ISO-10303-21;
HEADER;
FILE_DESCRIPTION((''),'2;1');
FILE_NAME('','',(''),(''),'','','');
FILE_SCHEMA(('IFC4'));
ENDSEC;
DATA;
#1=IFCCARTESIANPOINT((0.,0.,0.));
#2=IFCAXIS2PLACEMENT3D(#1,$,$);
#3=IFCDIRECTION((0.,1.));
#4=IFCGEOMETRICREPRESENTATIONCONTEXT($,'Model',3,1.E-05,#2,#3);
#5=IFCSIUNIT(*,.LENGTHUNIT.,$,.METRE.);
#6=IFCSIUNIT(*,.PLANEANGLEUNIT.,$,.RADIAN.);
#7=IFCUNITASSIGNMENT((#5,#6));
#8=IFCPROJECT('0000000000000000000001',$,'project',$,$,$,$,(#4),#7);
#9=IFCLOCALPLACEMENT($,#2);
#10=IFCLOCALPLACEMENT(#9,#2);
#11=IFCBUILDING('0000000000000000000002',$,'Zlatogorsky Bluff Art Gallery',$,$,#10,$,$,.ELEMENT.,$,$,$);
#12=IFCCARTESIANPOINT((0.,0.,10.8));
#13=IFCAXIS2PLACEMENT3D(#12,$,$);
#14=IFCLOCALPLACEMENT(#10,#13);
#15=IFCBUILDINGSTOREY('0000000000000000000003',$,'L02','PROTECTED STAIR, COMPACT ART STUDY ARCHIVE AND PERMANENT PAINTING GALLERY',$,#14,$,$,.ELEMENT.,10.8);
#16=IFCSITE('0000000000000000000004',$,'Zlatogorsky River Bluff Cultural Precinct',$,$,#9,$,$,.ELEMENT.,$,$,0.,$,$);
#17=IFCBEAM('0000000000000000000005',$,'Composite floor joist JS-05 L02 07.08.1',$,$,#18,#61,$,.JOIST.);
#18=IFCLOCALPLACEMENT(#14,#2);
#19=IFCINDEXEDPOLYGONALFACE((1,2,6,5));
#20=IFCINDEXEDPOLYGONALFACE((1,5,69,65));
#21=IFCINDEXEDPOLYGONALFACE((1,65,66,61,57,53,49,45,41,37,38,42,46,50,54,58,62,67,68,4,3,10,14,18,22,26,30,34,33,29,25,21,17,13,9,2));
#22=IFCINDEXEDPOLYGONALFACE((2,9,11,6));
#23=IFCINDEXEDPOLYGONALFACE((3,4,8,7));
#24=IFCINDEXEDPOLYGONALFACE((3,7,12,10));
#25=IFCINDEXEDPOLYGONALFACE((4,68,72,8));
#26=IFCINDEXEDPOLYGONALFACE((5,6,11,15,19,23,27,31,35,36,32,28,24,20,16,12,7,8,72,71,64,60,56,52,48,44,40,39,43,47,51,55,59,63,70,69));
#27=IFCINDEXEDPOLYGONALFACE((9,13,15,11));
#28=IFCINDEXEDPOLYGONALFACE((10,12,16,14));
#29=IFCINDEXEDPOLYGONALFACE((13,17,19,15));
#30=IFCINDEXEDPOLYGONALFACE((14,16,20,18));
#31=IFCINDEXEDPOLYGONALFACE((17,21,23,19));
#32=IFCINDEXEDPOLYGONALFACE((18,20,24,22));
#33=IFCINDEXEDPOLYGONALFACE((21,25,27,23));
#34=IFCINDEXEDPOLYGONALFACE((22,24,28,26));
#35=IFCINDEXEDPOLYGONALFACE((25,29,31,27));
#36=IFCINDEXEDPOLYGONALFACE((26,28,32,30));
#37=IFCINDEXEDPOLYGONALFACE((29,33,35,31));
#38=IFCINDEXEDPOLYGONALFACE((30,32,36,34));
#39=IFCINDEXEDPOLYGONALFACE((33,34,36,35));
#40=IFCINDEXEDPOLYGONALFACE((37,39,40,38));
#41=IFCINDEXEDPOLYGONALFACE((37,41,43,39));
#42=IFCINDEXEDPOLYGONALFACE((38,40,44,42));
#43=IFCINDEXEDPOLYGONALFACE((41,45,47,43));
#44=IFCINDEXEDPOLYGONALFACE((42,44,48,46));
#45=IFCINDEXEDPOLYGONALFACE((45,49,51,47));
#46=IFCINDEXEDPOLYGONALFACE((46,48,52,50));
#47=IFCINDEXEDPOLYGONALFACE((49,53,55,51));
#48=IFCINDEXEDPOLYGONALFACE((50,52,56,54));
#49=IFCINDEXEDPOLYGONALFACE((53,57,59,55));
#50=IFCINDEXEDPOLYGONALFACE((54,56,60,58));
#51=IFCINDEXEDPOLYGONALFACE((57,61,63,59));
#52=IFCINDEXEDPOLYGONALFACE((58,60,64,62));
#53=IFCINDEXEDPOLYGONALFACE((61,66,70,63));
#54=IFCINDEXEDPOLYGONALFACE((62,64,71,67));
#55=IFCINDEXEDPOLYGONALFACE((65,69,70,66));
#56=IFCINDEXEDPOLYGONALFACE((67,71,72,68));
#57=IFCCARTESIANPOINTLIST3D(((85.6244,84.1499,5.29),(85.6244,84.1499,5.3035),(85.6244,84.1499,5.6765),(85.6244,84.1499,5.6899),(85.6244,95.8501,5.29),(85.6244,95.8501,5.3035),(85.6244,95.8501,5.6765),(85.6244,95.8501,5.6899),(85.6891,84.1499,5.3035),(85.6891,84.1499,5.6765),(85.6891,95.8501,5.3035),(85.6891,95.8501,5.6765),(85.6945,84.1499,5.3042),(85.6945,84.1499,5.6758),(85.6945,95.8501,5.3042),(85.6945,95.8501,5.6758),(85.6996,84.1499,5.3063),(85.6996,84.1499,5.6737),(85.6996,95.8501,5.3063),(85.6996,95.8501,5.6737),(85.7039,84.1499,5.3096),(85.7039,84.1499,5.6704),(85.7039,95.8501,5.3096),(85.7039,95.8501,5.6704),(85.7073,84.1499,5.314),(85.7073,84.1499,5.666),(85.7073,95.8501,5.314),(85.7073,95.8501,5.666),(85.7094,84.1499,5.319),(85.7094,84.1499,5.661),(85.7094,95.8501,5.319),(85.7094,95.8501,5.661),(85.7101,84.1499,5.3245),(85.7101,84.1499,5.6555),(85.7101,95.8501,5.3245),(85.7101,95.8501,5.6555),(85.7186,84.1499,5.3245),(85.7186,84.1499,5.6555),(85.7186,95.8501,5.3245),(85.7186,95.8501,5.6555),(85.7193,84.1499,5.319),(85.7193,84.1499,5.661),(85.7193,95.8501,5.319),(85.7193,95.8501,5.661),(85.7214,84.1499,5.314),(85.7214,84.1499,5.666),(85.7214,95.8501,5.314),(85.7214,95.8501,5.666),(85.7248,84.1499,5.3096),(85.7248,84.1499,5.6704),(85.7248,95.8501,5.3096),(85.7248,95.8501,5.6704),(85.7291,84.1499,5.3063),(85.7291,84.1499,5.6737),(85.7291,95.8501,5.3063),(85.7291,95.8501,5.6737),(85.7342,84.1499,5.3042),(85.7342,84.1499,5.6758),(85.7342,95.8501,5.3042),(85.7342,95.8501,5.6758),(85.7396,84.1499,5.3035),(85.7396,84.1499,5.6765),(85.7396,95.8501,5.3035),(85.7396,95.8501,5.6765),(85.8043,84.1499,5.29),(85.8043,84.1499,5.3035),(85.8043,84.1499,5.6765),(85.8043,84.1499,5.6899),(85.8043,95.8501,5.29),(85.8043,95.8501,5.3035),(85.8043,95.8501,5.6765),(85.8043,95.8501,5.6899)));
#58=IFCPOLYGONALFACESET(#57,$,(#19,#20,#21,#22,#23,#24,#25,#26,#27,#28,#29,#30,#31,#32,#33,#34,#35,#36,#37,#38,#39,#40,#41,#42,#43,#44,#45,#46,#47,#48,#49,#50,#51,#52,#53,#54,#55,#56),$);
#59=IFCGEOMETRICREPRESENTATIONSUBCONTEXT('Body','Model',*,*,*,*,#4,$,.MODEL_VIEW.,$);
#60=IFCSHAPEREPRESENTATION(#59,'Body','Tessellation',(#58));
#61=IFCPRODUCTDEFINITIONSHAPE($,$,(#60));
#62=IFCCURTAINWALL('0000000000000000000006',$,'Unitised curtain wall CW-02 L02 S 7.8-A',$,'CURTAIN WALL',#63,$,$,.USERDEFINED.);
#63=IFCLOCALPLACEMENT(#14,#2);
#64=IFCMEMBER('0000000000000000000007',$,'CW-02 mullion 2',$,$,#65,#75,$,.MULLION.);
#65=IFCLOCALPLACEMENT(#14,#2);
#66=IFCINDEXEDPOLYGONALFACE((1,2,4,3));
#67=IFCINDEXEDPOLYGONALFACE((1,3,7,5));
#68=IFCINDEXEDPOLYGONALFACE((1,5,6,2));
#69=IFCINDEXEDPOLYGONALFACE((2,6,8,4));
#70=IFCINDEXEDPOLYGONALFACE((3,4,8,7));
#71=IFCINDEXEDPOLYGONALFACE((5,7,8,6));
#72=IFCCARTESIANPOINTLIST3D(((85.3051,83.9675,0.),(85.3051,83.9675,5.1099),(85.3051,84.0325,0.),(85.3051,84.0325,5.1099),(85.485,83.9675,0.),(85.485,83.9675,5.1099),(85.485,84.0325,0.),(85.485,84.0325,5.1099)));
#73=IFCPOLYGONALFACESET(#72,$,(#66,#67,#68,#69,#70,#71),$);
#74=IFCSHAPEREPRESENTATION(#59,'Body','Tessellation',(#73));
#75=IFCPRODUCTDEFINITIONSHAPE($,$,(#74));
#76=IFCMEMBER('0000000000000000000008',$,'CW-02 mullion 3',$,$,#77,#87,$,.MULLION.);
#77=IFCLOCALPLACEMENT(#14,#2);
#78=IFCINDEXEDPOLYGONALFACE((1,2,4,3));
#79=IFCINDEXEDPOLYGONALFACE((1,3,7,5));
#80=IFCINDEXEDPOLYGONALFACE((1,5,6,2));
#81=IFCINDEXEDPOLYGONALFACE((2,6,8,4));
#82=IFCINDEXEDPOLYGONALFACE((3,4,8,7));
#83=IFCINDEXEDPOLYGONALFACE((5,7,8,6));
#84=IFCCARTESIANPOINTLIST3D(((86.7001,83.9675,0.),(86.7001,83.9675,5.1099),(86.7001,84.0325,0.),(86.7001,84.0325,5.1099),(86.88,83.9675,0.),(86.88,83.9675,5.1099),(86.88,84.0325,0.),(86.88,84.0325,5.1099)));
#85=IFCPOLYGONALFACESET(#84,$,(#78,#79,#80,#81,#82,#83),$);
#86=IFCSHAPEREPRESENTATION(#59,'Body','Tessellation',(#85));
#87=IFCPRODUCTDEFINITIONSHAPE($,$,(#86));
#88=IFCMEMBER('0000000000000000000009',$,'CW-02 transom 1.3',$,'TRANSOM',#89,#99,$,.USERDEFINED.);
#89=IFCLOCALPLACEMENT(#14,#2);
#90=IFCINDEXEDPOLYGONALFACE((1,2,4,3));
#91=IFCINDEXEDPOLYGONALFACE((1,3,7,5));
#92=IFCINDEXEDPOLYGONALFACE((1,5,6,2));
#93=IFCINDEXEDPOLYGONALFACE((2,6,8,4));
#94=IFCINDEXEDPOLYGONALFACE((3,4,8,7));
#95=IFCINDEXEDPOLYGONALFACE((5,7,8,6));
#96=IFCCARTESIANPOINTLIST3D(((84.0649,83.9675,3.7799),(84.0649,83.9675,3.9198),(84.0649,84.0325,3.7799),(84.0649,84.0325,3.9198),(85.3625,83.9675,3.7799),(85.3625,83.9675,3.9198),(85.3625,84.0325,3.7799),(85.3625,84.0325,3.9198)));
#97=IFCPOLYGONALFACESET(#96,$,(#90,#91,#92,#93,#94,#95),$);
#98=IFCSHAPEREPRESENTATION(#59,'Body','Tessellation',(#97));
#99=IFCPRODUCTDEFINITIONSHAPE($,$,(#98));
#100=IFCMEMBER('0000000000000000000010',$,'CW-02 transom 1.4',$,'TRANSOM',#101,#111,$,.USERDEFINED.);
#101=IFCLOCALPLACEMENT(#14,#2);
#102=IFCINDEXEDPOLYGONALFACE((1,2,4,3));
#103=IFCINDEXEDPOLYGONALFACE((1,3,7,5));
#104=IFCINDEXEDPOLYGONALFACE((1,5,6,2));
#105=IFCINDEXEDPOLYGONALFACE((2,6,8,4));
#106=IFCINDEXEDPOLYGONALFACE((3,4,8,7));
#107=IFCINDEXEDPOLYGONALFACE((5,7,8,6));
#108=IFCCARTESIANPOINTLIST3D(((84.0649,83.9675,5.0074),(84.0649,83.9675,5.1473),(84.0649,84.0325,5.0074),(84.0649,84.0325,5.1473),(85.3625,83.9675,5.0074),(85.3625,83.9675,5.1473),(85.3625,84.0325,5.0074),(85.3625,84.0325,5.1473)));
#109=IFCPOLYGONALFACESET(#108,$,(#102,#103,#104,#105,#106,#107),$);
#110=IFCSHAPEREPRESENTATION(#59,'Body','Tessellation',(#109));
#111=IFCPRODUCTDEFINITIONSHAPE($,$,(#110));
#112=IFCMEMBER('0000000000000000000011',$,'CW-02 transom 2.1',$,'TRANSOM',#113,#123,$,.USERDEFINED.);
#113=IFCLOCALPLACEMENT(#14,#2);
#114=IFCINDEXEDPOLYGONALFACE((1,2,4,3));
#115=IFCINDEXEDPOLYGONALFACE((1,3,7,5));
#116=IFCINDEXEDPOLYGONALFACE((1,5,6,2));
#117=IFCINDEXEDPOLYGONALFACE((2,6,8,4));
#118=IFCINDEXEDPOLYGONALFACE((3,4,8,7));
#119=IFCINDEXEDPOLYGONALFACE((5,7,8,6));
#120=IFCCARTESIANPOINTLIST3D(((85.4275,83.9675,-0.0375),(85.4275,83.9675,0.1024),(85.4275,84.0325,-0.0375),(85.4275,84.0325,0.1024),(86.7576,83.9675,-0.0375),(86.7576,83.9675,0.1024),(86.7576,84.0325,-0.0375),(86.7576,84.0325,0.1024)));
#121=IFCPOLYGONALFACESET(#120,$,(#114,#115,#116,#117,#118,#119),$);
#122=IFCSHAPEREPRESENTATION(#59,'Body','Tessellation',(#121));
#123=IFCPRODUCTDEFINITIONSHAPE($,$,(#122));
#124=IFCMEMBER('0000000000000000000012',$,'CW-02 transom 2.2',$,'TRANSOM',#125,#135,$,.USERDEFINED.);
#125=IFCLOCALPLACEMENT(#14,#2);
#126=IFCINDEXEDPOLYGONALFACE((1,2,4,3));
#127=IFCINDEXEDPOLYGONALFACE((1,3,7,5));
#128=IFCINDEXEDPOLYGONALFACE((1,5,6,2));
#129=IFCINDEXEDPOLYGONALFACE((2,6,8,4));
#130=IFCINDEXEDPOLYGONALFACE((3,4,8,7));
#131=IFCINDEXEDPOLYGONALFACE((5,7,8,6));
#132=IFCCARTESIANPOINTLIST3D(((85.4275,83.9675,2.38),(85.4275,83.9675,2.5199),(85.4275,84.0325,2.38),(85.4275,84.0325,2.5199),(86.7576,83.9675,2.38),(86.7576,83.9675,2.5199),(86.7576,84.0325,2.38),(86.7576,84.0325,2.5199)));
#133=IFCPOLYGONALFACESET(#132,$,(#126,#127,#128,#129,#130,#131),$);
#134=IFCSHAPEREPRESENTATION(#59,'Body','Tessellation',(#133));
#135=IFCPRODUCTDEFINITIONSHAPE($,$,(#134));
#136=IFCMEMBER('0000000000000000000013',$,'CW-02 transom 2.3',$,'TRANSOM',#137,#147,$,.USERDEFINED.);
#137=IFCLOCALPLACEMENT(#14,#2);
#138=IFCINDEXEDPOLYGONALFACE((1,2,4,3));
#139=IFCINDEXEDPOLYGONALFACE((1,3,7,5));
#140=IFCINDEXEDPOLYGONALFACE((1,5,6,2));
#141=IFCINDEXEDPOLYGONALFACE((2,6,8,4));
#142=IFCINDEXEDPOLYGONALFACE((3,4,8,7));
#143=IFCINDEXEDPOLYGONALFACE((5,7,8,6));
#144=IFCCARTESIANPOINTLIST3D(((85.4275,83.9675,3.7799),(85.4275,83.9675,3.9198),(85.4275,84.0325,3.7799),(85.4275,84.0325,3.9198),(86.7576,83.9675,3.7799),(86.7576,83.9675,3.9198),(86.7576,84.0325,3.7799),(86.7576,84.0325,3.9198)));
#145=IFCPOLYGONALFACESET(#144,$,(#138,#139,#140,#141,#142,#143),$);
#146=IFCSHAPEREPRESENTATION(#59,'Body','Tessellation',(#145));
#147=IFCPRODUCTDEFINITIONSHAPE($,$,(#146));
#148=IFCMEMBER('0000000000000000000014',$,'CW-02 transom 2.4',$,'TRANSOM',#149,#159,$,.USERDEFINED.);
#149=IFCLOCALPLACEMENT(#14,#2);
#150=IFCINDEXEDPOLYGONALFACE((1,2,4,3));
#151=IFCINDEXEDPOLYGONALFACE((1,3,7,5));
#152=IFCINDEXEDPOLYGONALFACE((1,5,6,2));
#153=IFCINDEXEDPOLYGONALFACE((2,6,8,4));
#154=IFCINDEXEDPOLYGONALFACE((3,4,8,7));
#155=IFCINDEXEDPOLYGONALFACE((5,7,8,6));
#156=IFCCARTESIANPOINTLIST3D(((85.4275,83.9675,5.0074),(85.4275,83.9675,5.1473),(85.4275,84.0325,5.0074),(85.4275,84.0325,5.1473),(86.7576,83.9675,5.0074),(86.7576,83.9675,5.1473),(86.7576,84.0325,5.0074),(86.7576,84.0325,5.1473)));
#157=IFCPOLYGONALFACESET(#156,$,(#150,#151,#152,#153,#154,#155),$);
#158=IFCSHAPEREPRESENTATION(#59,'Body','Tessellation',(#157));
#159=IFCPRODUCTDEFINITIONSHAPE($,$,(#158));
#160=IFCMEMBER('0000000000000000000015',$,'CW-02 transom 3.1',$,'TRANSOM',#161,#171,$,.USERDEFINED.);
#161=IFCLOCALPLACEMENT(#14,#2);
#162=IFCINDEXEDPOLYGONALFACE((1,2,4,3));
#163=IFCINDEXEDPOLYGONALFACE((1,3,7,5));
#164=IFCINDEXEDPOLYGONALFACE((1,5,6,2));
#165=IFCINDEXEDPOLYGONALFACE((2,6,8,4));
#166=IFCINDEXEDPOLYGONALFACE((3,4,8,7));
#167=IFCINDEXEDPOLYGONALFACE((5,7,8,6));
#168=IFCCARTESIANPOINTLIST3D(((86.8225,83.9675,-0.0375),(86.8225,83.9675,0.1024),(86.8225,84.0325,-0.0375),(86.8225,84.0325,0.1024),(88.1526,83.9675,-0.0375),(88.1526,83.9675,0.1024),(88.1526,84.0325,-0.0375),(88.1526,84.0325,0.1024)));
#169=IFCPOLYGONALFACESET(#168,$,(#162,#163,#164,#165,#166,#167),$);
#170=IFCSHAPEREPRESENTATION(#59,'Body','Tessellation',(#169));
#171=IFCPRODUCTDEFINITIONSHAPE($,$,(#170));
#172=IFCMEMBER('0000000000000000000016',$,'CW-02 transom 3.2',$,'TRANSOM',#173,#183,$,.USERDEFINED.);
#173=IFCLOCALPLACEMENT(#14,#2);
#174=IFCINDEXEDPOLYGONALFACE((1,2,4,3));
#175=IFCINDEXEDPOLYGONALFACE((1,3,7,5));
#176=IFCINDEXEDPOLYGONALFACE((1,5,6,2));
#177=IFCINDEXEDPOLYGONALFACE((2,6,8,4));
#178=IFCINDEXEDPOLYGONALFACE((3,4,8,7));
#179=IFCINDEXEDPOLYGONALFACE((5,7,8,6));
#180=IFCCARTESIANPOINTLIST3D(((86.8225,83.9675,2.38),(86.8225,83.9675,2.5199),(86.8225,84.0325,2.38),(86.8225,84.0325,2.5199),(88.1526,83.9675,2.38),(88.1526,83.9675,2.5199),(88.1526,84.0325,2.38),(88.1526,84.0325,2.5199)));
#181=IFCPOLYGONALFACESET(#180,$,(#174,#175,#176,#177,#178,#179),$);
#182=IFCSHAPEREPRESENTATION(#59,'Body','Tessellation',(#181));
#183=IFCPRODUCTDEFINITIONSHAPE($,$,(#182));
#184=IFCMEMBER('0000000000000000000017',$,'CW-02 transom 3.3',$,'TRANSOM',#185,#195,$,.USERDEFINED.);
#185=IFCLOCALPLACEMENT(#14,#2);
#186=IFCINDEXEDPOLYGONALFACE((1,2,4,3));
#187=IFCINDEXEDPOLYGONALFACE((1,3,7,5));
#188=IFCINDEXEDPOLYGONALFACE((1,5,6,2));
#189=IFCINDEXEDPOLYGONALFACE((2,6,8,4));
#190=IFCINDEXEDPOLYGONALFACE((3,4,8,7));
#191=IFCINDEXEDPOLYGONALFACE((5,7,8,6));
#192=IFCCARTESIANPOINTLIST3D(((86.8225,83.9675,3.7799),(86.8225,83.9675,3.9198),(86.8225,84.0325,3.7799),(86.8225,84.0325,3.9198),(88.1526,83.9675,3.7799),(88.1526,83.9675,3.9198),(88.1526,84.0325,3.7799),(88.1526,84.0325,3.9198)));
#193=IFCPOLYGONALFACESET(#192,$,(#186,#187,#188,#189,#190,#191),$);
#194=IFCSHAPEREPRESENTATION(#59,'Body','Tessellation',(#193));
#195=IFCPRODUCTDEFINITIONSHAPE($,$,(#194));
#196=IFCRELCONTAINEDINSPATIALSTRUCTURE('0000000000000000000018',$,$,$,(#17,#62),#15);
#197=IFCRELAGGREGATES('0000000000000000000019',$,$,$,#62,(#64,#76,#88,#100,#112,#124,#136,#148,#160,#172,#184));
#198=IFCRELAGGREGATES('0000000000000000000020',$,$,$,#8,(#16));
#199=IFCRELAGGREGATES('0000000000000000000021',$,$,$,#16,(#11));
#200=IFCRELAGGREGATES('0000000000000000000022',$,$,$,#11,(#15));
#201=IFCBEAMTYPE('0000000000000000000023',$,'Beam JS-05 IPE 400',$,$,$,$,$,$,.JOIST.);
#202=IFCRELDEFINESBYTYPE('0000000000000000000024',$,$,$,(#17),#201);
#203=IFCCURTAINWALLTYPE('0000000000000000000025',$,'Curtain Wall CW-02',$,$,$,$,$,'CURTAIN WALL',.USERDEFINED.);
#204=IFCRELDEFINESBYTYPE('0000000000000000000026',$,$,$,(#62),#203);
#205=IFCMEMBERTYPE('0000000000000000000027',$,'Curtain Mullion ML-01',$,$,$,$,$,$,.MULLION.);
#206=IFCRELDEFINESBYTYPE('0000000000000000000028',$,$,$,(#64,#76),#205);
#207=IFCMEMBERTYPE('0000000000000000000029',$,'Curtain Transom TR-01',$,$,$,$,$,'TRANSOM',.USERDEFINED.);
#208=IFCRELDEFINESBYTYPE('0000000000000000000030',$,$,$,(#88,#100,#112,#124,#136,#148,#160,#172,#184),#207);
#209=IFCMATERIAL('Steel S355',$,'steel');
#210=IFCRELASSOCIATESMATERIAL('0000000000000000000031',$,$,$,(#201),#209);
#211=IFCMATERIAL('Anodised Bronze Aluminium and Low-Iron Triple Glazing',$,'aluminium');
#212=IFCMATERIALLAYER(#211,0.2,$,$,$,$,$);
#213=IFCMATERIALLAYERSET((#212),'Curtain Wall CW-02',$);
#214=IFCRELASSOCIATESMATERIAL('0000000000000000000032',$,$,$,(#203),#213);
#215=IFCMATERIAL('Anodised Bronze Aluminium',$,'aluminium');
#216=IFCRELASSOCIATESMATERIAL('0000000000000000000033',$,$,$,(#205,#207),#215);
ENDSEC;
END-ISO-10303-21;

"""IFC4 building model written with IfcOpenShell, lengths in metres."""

from ifc_helpers import new_model, si_unit, direction, frame, origin, origin_2d, place, context, subcontext, project, spatial, rectangle, i_section, extrude, material, layer, layer_set, material_profile, profile_set, type_object, element, aggregate, save


model = new_model("IFC4")

# Units and contexts
model_context = context("Model", 3, precision=1e-05, world=origin(), true_north=direction((0.0, 1.0)))
body_context = subcontext(model_context, "Body", "Model", "MODEL_VIEW")
ifc_project = project(units=[si_unit("LENGTHUNIT", "METRE"), si_unit("PLANEANGLEUNIT", "RADIAN")], contexts=[model_context])

# Site, building, storey
site_placement = place(None, origin())
site = spatial("IfcSite", under=ifc_project, at=site_placement, Name="Zlatogorsky River Bluff Cultural Precinct", CompositionType="ELEMENT", RefElevation=0.0)
building_placement = place(site_placement, origin())
building = spatial("IfcBuilding", under=site, at=building_placement, Name="Zlatogorsky Bluff Art Gallery", CompositionType="ELEMENT")
storey_placement = place(building_placement, frame((0.0, 0.0, 10.8)))
storey = spatial("IfcBuildingStorey", under=building, at=storey_placement, Name="L02", Description="PROTECTED STAIR, COMPACT ART STUDY ARCHIVE AND PERMANENT PAINTING GALLERY", CompositionType="ELEMENT", Elevation=10.8)

# Beam
ifc_material_1 = material(Name="Steel S355", Category="steel")
ifc_material_profile_1 = material_profile(ifc_material_1, i_section(OverallWidth=0.1799, OverallDepth=0.3999, WebThickness=0.0085, FlangeThickness=0.0134, FilletRadius=0.021, at=origin_2d()), Name="IPE 400")
ifc_profile_set_1 = profile_set([ifc_material_profile_1], Name="Steel S355")
beam_type = type_object("IfcBeamType", Name="Beam JS-05 IPE 400", PredefinedType="JOIST", material=ifc_profile_set_1)
beam_placement = place(storey_placement, frame((85.7144, 84.1499, 5.49), z_axis=(0.0, 1.0, 0.0), x_axis=(-1.0, 0.0, 0.0)))
element("IfcBeam", 1, at=beam_placement, inside=storey, type_object=beam_type, Name="Composite floor joist JS-05 L02 07.08.1", PredefinedType="JOIST", context=body_context, shape_type="SweptSolid", body=[
    extrude(i_section(OverallWidth=0.1799, OverallDepth=0.3999, WebThickness=0.0085, FlangeThickness=0.0134, FilletRadius=0.021, at=origin_2d()), origin(), (0.0, 0.0, 1.0), 11.7002),
])

# Curtain wall, members
ifc_material_2 = material(Name="Anodised Bronze Aluminium and Low-Iron Triple Glazing", Category="aluminium")
ifc_layer_1 = layer(ifc_material_2, 0.2)
ifc_layer_set_1 = layer_set([ifc_layer_1], Name="Curtain Wall CW-02")
curtain_wall_type = type_object("IfcCurtainWallType", Name="Curtain Wall CW-02", ElementType="CURTAIN WALL", PredefinedType="USERDEFINED", material=ifc_layer_set_1)
curtain_wall_placement = place(storey_placement, origin())
curtain_wall = element("IfcCurtainWall", 2, at=curtain_wall_placement, inside=storey, type_object=curtain_wall_type, Name="Unitised curtain wall CW-02 L02 S 7.8-A", ObjectType="CURTAIN WALL", PredefinedType="USERDEFINED")
ifc_material_3 = material(Name="Anodised Bronze Aluminium", Category="aluminium")
ifc_material_profile_2 = material_profile(ifc_material_3, rectangle(XDim=0.0649, YDim=0.1799, at=origin_2d()), Name="ALU MULLION 65x180")
ifc_profile_set_2 = profile_set([ifc_material_profile_2], Name="Anodised Bronze Aluminium")
member_type_1 = type_object("IfcMemberType", Name="Curtain Mullion ML-01", PredefinedType="MULLION", material=ifc_profile_set_2)
member_1_placement = place(storey_placement, frame((85.395, 84.0, 0.0), z_axis=(0.0, 0.0, 1.0), x_axis=(0.0, 1.0, 0.0)))
member_1 = element("IfcMember", 3, at=member_1_placement, type_object=member_type_1, Name="CW-02 mullion 2", PredefinedType="MULLION", context=body_context, shape_type="SweptSolid", body=[
    extrude(rectangle(XDim=0.0649, YDim=0.1799, at=origin_2d()), origin(), (0.0, 0.0, 1.0), 5.1099),
])
member_2_placement = place(storey_placement, frame((86.79, 84.0, 0.0), z_axis=(0.0, 0.0, 1.0), x_axis=(0.0, 1.0, 0.0)))
member_2 = element("IfcMember", 4, at=member_2_placement, type_object=member_type_1, Name="CW-02 mullion 3", PredefinedType="MULLION", context=body_context, shape_type="SweptSolid", body=[
    extrude(rectangle(XDim=0.0649, YDim=0.1799, at=origin_2d()), origin(), (0.0, 0.0, 1.0), 5.1099),
])
ifc_material_profile_3 = material_profile(ifc_material_3, rectangle(XDim=0.0649, YDim=0.1399, at=origin_2d()), Name="ALU TRANSOM 65x140")
ifc_profile_set_3 = profile_set([ifc_material_profile_3], Name="Anodised Bronze Aluminium")
member_type_2 = type_object("IfcMemberType", Name="Curtain Transom TR-01", ElementType="TRANSOM", PredefinedType="USERDEFINED", material=ifc_profile_set_3)
member_3_placement = place(storey_placement, frame((84.0649, 84.0, 3.8499), z_axis=(1.0, 0.0, 0.0), x_axis=(0.0, 1.0, 0.0)))
member_3 = element("IfcMember", 5, at=member_3_placement, type_object=member_type_2, Name="CW-02 transom 1.3", ObjectType="TRANSOM", PredefinedType="USERDEFINED", context=body_context, shape_type="SweptSolid", body=[
    extrude(rectangle(XDim=0.0649, YDim=0.1399, at=origin_2d()), origin(), (0.0, 0.0, 1.0), 1.2976),
])
member_4_placement = place(storey_placement, frame((84.0649, 84.0, 5.0774), z_axis=(1.0, 0.0, 0.0), x_axis=(0.0, 1.0, 0.0)))
member_4 = element("IfcMember", 6, at=member_4_placement, type_object=member_type_2, Name="CW-02 transom 1.4", ObjectType="TRANSOM", PredefinedType="USERDEFINED", context=body_context, shape_type="SweptSolid", body=[
    extrude(rectangle(XDim=0.0649, YDim=0.1399, at=origin_2d()), origin(), (0.0, 0.0, 1.0), 1.2976),
])
member_5_placement = place(storey_placement, frame((85.4275, 84.0, 0.0325), z_axis=(1.0, 0.0, 0.0), x_axis=(0.0, 1.0, 0.0)))
member_5 = element("IfcMember", 7, at=member_5_placement, type_object=member_type_2, Name="CW-02 transom 2.1", ObjectType="TRANSOM", PredefinedType="USERDEFINED", context=body_context, shape_type="SweptSolid", body=[
    extrude(rectangle(XDim=0.0649, YDim=0.1399, at=origin_2d()), origin(), (0.0, 0.0, 1.0), 1.3301),
])
member_6_placement = place(storey_placement, frame((85.4275, 84.0, 2.45), z_axis=(1.0, 0.0, 0.0), x_axis=(0.0, 1.0, 0.0)))
member_6 = element("IfcMember", 8, at=member_6_placement, type_object=member_type_2, Name="CW-02 transom 2.2", ObjectType="TRANSOM", PredefinedType="USERDEFINED", context=body_context, shape_type="SweptSolid", body=[
    extrude(rectangle(XDim=0.0649, YDim=0.1399, at=origin_2d()), origin(), (0.0, 0.0, 1.0), 1.3301),
])
member_7_placement = place(storey_placement, frame((85.4275, 84.0, 3.8499), z_axis=(1.0, 0.0, 0.0), x_axis=(0.0, 1.0, 0.0)))
member_7 = element("IfcMember", 9, at=member_7_placement, type_object=member_type_2, Name="CW-02 transom 2.3", ObjectType="TRANSOM", PredefinedType="USERDEFINED", context=body_context, shape_type="SweptSolid", body=[
    extrude(rectangle(XDim=0.0649, YDim=0.1399, at=origin_2d()), origin(), (0.0, 0.0, 1.0), 1.3301),
])
member_8_placement = place(storey_placement, frame((85.4275, 84.0, 5.0774), z_axis=(1.0, 0.0, 0.0), x_axis=(0.0, 1.0, 0.0)))
member_8 = element("IfcMember", 10, at=member_8_placement, type_object=member_type_2, Name="CW-02 transom 2.4", ObjectType="TRANSOM", PredefinedType="USERDEFINED", context=body_context, shape_type="SweptSolid", body=[
    extrude(rectangle(XDim=0.0649, YDim=0.1399, at=origin_2d()), origin(), (0.0, 0.0, 1.0), 1.3301),
])
member_9_placement = place(storey_placement, frame((86.8225, 84.0, 0.0325), z_axis=(1.0, 0.0, 0.0), x_axis=(0.0, 1.0, 0.0)))
member_9 = element("IfcMember", 11, at=member_9_placement, type_object=member_type_2, Name="CW-02 transom 3.1", ObjectType="TRANSOM", PredefinedType="USERDEFINED", context=body_context, shape_type="SweptSolid", body=[
    extrude(rectangle(XDim=0.0649, YDim=0.1399, at=origin_2d()), origin(), (0.0, 0.0, 1.0), 1.3301),
])
member_10_placement = place(storey_placement, frame((86.8225, 84.0, 2.45), z_axis=(1.0, 0.0, 0.0), x_axis=(0.0, 1.0, 0.0)))
member_10 = element("IfcMember", 12, at=member_10_placement, type_object=member_type_2, Name="CW-02 transom 3.2", ObjectType="TRANSOM", PredefinedType="USERDEFINED", context=body_context, shape_type="SweptSolid", body=[
    extrude(rectangle(XDim=0.0649, YDim=0.1399, at=origin_2d()), origin(), (0.0, 0.0, 1.0), 1.3301),
])
member_11_placement = place(storey_placement, frame((86.8225, 84.0, 3.8499), z_axis=(1.0, 0.0, 0.0), x_axis=(0.0, 1.0, 0.0)))
member_11 = element("IfcMember", 13, at=member_11_placement, type_object=member_type_2, Name="CW-02 transom 3.3", ObjectType="TRANSOM", PredefinedType="USERDEFINED", context=body_context, shape_type="SweptSolid", body=[
    extrude(rectangle(XDim=0.0649, YDim=0.1399, at=origin_2d()), origin(), (0.0, 0.0, 1.0), 1.3301),
])
aggregate(curtain_wall, [member_1, member_2, member_3, member_4, member_5, member_6, member_7, member_8, member_9, member_10, member_11])

save(model, "model.ifc")
